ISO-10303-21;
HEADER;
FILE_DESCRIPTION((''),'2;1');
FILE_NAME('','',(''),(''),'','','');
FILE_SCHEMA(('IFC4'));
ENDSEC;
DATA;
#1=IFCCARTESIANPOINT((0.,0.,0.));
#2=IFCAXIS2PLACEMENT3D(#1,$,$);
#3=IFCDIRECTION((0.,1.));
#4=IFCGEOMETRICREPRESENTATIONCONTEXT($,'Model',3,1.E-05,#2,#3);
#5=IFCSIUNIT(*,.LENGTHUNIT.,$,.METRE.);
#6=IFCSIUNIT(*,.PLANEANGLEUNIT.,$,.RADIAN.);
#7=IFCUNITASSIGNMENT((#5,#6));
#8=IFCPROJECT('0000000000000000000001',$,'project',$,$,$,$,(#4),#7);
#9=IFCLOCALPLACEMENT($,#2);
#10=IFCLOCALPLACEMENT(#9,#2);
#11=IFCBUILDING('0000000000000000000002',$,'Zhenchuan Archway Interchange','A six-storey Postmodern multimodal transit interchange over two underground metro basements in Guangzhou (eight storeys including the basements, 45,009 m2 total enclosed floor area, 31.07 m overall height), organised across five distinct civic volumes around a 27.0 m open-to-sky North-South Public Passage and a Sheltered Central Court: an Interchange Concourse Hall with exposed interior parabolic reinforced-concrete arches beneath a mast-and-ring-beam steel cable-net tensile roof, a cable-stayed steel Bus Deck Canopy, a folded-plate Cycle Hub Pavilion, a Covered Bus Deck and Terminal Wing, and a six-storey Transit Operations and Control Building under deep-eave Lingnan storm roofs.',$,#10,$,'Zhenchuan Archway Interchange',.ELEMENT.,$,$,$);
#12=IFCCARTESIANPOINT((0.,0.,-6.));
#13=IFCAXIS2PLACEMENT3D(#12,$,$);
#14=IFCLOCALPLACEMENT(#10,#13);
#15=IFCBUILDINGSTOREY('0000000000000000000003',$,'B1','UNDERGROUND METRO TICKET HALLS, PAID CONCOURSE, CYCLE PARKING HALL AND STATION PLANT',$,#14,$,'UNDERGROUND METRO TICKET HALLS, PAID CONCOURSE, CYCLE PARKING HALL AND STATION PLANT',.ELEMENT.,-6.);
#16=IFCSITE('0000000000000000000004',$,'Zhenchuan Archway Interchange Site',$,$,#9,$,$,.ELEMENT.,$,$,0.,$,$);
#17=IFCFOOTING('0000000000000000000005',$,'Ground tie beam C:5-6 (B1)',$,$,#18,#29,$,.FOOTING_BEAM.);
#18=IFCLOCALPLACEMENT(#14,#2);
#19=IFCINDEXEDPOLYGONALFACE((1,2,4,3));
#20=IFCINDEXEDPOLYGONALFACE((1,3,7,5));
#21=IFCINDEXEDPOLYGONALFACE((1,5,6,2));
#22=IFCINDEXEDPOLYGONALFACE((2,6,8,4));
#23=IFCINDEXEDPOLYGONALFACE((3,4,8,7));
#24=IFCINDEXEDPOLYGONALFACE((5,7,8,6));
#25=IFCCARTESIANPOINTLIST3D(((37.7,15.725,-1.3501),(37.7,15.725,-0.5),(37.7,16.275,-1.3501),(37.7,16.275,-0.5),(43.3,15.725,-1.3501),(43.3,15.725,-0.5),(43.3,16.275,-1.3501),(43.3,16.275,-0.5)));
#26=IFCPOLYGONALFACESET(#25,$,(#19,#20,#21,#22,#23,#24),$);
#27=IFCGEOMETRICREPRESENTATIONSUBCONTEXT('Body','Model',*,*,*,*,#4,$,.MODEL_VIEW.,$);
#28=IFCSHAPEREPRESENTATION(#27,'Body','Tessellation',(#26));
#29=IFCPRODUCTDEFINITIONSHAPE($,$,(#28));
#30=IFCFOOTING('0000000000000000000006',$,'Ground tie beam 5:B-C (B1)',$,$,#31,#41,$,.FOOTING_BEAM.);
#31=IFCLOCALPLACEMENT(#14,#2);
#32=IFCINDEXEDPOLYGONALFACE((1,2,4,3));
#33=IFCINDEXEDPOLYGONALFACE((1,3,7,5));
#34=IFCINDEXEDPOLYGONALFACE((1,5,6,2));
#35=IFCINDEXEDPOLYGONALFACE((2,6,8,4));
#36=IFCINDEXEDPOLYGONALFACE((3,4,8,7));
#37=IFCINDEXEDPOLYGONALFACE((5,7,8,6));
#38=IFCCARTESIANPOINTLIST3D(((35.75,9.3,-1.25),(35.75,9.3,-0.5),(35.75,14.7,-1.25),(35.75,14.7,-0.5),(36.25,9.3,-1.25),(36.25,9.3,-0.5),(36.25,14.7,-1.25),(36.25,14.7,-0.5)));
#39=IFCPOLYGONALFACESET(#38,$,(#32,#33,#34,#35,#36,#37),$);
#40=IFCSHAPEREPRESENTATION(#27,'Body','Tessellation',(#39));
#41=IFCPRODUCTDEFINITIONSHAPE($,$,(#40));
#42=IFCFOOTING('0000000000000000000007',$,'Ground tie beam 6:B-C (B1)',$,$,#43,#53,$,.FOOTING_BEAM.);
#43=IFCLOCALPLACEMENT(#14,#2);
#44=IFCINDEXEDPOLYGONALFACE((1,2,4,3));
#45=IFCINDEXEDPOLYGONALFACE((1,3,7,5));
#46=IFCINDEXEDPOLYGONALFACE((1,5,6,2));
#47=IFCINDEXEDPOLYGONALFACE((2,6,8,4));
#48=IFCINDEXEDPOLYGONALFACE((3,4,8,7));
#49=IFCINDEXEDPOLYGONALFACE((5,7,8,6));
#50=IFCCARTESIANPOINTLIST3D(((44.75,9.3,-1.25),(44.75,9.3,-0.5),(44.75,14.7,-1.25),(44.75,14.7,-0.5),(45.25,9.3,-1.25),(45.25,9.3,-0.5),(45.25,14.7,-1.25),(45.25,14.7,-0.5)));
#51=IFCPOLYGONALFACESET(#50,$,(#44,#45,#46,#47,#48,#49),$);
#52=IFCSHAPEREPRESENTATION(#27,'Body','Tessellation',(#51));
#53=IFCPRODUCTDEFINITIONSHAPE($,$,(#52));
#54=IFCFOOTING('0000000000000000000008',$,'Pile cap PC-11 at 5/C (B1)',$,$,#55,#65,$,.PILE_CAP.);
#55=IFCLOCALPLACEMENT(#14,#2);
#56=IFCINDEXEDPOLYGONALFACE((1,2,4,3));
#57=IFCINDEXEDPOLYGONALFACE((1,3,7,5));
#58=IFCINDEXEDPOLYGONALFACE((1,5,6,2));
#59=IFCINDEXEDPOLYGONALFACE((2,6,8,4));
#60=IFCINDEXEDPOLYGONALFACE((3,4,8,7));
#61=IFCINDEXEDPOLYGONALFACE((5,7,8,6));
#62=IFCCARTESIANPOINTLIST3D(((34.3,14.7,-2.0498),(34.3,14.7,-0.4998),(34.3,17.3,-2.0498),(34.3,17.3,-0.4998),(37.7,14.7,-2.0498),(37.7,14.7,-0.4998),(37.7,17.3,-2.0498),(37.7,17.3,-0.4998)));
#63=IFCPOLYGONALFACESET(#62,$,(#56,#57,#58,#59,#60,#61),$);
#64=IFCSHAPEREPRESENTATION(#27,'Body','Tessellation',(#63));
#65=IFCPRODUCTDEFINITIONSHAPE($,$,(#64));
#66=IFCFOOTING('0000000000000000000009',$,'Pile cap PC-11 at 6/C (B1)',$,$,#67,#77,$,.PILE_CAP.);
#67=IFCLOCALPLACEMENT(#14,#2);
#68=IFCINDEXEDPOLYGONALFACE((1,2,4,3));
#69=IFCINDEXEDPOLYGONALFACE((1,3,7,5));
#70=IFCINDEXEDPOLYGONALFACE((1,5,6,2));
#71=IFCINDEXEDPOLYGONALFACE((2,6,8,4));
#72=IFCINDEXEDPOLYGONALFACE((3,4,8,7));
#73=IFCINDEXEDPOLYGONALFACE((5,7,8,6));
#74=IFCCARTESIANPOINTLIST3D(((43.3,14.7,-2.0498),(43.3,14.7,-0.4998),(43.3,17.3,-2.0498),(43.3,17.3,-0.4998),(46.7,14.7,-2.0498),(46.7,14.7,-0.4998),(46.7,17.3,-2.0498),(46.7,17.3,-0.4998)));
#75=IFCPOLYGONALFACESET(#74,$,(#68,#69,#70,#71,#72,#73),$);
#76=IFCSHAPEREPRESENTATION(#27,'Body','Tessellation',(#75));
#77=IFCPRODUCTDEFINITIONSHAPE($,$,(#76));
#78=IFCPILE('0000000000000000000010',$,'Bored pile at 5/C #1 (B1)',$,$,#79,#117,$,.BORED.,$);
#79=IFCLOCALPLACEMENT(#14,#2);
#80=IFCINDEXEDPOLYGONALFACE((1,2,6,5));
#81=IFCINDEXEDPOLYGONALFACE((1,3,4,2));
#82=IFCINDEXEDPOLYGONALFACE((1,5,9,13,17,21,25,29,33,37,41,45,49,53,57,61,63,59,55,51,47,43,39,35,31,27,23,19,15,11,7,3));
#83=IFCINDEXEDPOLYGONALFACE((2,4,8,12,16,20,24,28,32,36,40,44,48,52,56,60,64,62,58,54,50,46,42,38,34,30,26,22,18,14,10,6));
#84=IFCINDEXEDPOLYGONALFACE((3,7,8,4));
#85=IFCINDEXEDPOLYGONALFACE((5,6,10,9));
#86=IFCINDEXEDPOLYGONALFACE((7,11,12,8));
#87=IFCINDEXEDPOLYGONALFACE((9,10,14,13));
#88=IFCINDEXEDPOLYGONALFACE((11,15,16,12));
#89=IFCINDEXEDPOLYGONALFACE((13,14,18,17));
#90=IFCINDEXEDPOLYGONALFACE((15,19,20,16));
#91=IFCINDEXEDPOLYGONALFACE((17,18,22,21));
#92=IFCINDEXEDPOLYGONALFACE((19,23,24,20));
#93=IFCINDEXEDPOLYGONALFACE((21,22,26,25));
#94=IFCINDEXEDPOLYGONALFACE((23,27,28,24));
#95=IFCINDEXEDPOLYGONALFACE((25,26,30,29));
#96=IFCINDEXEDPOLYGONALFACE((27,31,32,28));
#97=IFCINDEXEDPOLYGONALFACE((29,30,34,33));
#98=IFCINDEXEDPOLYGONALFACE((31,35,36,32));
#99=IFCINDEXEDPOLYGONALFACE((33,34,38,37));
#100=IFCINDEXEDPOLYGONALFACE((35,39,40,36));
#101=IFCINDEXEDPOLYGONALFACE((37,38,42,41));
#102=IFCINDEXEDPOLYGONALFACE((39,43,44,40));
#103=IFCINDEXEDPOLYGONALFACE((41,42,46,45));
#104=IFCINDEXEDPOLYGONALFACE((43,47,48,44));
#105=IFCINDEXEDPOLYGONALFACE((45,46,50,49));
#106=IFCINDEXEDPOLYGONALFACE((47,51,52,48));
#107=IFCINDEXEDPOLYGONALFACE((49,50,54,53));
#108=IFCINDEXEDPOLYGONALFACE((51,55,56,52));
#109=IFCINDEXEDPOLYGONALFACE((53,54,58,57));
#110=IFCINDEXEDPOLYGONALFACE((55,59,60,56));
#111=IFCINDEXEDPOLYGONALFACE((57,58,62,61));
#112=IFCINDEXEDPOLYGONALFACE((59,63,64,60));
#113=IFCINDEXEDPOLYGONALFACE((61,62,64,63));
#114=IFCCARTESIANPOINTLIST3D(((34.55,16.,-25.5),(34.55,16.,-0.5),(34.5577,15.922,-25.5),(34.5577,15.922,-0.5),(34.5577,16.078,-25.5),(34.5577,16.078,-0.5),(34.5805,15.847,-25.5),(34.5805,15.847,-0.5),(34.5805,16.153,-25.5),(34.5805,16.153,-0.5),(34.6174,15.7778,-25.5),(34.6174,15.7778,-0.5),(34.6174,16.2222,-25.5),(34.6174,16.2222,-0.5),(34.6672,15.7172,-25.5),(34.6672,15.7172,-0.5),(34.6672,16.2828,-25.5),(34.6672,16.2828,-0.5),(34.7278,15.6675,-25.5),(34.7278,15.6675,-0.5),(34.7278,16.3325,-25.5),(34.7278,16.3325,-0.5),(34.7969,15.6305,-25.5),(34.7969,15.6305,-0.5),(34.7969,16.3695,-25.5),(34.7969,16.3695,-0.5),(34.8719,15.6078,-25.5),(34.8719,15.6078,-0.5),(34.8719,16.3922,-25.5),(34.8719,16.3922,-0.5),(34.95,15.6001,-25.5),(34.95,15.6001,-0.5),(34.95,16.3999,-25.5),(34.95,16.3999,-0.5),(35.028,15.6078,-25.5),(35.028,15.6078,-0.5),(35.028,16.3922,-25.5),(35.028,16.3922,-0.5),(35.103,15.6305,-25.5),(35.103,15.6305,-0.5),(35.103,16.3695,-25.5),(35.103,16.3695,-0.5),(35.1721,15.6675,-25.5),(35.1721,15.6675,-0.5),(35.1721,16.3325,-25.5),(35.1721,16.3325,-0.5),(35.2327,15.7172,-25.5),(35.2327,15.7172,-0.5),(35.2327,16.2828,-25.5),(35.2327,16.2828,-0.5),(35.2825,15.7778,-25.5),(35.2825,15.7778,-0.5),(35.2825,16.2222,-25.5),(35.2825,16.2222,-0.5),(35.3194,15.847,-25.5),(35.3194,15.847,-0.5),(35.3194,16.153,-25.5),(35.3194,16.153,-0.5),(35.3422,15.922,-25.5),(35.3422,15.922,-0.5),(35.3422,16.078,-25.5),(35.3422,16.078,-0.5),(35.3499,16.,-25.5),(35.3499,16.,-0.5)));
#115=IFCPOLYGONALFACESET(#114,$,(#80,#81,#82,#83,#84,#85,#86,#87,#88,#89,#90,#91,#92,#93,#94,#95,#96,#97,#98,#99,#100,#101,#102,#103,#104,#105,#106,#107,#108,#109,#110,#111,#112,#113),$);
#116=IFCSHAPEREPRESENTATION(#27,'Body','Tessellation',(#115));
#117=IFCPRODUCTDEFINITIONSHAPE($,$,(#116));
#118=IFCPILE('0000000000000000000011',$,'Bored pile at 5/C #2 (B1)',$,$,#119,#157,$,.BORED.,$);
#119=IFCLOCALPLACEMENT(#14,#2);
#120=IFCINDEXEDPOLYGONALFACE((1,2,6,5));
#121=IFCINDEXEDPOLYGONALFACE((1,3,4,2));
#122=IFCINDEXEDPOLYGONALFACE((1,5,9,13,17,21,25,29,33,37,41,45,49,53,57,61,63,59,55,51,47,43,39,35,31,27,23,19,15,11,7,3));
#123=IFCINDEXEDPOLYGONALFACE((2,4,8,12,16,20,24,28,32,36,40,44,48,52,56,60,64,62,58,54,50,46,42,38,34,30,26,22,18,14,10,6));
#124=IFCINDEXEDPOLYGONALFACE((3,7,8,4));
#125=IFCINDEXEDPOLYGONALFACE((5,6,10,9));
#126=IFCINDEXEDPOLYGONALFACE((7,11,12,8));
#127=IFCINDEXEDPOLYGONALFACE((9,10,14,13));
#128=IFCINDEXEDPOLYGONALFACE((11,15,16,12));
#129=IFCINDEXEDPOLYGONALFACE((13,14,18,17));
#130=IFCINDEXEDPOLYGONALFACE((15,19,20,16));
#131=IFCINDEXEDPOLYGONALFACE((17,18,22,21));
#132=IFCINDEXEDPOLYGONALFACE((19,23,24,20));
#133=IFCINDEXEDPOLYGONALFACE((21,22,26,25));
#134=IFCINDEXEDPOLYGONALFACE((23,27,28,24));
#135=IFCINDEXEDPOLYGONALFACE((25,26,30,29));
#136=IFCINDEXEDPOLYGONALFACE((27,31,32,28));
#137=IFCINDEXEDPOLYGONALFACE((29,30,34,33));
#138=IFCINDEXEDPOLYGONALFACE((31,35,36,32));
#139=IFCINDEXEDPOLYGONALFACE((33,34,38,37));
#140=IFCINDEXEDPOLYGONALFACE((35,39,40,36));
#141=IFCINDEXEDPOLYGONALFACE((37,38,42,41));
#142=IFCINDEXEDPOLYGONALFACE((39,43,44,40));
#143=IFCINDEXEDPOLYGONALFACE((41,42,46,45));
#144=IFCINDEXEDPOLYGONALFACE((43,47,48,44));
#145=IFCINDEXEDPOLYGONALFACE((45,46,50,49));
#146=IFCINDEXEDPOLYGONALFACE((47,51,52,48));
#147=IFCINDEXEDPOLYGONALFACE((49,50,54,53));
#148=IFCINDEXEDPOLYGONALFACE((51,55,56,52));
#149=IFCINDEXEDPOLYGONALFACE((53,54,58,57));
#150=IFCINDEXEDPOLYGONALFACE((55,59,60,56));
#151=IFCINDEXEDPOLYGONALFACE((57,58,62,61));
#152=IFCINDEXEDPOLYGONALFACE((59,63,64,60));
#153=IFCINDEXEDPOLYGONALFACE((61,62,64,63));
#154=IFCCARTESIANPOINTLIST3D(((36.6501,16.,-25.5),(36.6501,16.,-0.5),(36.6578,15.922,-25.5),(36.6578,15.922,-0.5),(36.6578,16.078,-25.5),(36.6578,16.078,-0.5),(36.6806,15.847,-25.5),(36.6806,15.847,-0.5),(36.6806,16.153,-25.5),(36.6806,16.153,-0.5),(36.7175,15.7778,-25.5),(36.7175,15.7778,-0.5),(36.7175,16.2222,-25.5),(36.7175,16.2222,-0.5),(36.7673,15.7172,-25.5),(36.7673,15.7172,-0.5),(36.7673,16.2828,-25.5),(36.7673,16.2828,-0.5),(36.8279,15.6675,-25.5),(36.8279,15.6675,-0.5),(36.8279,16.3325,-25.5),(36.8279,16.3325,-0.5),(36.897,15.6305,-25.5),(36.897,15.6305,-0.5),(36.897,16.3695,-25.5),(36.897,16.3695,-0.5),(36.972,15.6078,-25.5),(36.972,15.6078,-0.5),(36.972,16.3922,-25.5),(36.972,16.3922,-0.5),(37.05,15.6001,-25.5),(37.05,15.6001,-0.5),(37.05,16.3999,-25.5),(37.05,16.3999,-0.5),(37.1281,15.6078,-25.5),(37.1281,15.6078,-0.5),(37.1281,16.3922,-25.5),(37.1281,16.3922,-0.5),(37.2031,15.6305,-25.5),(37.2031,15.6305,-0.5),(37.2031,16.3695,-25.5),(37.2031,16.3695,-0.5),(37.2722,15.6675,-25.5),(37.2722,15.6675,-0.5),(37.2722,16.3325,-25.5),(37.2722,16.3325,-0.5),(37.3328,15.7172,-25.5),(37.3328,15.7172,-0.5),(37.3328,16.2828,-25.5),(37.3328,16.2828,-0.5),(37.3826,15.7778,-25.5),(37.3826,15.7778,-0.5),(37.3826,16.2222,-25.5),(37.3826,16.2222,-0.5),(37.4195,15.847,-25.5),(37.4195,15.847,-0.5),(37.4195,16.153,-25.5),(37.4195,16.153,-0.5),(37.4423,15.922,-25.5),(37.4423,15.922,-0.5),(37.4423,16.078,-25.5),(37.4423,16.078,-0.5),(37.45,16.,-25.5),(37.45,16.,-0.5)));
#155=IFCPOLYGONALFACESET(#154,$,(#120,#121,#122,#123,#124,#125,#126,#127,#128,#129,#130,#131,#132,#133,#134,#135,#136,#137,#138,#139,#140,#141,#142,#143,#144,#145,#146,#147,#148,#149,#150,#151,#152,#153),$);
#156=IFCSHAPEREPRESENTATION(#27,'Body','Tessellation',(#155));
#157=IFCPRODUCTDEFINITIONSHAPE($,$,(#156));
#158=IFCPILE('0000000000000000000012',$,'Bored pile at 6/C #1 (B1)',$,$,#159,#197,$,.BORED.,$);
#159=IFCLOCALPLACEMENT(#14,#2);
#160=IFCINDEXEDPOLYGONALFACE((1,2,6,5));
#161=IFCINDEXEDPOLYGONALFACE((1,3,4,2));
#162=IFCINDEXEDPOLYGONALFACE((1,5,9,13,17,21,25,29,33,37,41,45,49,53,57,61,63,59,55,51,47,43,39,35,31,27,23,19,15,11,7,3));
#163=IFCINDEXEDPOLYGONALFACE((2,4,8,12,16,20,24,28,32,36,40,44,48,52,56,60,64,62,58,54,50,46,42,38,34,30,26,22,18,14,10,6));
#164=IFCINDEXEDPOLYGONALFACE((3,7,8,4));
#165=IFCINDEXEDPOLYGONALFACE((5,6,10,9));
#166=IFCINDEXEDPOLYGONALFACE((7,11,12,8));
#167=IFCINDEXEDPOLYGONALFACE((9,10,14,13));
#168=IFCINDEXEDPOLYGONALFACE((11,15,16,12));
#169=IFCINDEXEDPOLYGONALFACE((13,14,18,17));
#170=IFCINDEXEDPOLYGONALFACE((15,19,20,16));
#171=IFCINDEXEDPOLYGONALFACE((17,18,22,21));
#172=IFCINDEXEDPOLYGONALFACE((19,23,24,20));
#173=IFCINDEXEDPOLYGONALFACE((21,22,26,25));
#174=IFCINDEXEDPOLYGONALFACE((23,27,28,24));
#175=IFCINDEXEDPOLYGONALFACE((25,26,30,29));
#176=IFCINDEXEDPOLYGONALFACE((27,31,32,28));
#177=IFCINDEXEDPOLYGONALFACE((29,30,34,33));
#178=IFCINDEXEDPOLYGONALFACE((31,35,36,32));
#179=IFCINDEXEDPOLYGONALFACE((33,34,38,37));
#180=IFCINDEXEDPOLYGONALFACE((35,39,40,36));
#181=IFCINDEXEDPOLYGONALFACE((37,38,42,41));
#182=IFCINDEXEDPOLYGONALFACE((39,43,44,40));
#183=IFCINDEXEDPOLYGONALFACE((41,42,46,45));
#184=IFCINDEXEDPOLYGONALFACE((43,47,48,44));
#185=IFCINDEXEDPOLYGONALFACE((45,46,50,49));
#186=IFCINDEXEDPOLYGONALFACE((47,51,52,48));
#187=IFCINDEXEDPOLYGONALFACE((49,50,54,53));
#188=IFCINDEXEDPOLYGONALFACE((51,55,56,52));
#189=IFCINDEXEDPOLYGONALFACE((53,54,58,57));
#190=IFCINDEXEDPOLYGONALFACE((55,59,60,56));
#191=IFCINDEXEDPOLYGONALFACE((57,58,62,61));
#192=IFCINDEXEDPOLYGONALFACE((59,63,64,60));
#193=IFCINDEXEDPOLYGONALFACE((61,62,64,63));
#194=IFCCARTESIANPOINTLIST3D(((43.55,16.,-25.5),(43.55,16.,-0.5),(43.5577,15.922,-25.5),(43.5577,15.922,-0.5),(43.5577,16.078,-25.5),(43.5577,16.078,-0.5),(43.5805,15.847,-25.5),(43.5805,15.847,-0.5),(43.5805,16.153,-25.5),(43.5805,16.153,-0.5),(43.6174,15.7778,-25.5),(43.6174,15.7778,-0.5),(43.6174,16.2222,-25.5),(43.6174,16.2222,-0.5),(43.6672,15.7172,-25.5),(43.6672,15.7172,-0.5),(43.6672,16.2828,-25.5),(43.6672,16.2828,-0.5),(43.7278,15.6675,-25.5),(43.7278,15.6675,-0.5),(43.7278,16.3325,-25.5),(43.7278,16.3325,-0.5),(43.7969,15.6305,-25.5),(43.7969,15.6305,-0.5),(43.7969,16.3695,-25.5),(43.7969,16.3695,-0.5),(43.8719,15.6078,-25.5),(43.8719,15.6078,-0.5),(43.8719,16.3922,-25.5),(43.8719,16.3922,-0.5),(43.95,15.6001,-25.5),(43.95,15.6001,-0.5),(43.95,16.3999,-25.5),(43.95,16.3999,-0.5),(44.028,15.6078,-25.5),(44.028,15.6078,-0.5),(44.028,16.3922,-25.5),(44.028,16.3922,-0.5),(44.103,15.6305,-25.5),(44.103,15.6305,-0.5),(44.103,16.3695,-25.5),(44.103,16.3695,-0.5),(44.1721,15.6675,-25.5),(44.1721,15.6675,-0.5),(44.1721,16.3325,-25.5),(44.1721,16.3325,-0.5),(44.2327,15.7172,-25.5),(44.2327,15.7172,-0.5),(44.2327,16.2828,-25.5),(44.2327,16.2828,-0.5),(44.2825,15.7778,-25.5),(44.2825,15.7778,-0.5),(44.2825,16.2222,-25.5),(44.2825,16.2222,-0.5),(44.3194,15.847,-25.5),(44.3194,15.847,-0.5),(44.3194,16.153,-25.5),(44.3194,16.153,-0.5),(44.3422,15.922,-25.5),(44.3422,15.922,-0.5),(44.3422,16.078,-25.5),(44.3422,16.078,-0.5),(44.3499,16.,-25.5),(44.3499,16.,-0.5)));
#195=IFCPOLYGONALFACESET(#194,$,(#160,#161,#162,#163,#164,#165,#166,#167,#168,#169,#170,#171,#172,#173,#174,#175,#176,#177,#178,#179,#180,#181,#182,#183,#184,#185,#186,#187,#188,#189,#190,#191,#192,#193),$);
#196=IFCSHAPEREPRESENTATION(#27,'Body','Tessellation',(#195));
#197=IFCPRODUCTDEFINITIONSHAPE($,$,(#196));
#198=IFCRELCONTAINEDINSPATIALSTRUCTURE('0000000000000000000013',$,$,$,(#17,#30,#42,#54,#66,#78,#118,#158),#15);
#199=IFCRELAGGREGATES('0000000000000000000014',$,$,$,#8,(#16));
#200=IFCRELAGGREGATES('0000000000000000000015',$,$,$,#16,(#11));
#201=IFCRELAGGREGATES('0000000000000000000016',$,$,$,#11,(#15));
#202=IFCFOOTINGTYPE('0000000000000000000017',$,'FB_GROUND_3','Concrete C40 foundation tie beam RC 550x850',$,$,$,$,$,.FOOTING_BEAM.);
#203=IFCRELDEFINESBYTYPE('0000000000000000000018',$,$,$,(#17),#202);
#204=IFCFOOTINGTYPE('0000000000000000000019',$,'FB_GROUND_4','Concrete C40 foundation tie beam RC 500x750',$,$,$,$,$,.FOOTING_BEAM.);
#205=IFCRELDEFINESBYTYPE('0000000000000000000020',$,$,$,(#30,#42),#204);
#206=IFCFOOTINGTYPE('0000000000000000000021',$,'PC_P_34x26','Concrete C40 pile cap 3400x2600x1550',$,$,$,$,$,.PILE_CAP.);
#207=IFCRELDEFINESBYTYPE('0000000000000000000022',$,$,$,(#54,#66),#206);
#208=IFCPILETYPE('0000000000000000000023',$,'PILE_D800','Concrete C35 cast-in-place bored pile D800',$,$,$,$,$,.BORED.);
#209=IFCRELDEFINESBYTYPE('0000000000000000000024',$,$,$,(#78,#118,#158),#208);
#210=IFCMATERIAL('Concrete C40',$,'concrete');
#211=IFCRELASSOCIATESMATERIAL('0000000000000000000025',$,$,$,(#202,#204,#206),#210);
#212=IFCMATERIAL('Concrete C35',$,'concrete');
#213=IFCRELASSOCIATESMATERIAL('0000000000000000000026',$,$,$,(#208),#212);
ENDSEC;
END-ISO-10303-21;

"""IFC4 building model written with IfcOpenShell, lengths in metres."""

from ifc_helpers import new_model, si_unit, direction, frame, origin, origin_2d, place, context, subcontext, project, spatial, rectangle, circle, extrude, material, material_profile, profile_set, type_object, element, save


model = new_model("IFC4")

# Units and contexts
model_context = context("Model", 3, precision=1e-05, world=origin(), true_north=direction((0.0, 1.0)))
body_context = subcontext(model_context, "Body", "Model", "MODEL_VIEW")
ifc_project = project(units=[si_unit("LENGTHUNIT", "METRE"), si_unit("PLANEANGLEUNIT", "RADIAN")], contexts=[model_context])

# Site, building, storey
site_placement = place(None, origin())
site = spatial("IfcSite", under=ifc_project, at=site_placement, Name="Zhenchuan Archway Interchange Site", CompositionType="ELEMENT", RefElevation=0.0)
building_placement = place(site_placement, origin())
building = spatial("IfcBuilding", under=site, at=building_placement, Name="Zhenchuan Archway Interchange", Description="A six-storey Postmodern multimodal transit interchange over two underground metro basements in Guangzhou (eight storeys including the basements, 45,009 m2 total enclosed floor area, 31.07 m overall height), organised across five distinct civic volumes around a 27.0 m open-to-sky North-South Public Passage and a Sheltered Central Court: an Interchange Concourse Hall with exposed interior parabolic reinforced-concrete arches beneath a mast-and-ring-beam steel cable-net tensile roof, a cable-stayed steel Bus Deck Canopy, a folded-plate Cycle Hub Pavilion, a Covered Bus Deck and Terminal Wing, and a six-storey Transit Operations and Control Building under deep-eave Lingnan storm roofs.", LongName="Zhenchuan Archway Interchange", CompositionType="ELEMENT")
storey_placement = place(building_placement, frame((0.0, 0.0, -6.0)))
storey = spatial("IfcBuildingStorey", under=building, at=storey_placement, Name="B1", Description="UNDERGROUND METRO TICKET HALLS, PAID CONCOURSE, CYCLE PARKING HALL AND STATION PLANT", LongName="UNDERGROUND METRO TICKET HALLS, PAID CONCOURSE, CYCLE PARKING HALL AND STATION PLANT", CompositionType="ELEMENT", Elevation=-6.0)

# Footings
ifc_material_1 = material(Name="Concrete C40", Category="concrete")
ifc_material_profile_1 = material_profile(ifc_material_1, rectangle(XDim=0.55, YDim=0.8501, at=origin_2d()), Name="RC 550x850")
ifc_profile_set_1 = profile_set([ifc_material_profile_1], Name="Concrete C40")
footing_type_1 = type_object("IfcFootingType", Name="FB_GROUND_3", Description="Concrete C40 foundation tie beam RC 550x850", PredefinedType="FOOTING_BEAM", material=ifc_profile_set_1)
footing_placement = place(storey_placement, frame((37.7, 16.0, -0.925), z_axis=(1.0, 0.0, 0.0), x_axis=(0.0, 1.0, 0.0)))
element("IfcFooting", 1, at=footing_placement, inside=storey, type_object=footing_type_1, Name="Ground tie beam C:5-6 (B1)", PredefinedType="FOOTING_BEAM", context=body_context, shape_type="SweptSolid", body=[
    extrude(rectangle(XDim=0.55, YDim=0.8501, at=origin_2d()), origin(), (0.0, 0.0, 1.0), 5.6001),
])
ifc_material_profile_2 = material_profile(ifc_material_1, rectangle(XDim=0.5, YDim=0.75, at=origin_2d()), Name="RC 500x750")
ifc_profile_set_2 = profile_set([ifc_material_profile_2], Name="Concrete C40")
footing_type_2 = type_object("IfcFootingType", Name="FB_GROUND_4", Description="Concrete C40 foundation tie beam RC 500x750", PredefinedType="FOOTING_BEAM", material=ifc_profile_set_2)
for number, where, z_axis, x_axis, name in (
    (2, (36.0, 9.3, -0.875), (0.0, 1.0, 0.0), (-1.0, 0.0, 0.0), "Ground tie beam 5:B-C (B1)"),
    (3, (45.0, 9.3, -0.875), (0.0, 1.0, 0.0), (-1.0, 0.0, 0.0), "Ground tie beam 6:B-C (B1)"),
):
    element("IfcFooting", number, at=place(storey_placement, frame(where, z_axis=z_axis, x_axis=x_axis)), inside=storey, type_object=footing_type_2, Name=name, PredefinedType="FOOTING_BEAM", context=body_context, shape_type="SweptSolid", body=[
        extrude(rectangle(XDim=0.5, YDim=0.75, at=origin_2d()), origin(), (0.0, 0.0, 1.0), 5.3999),
    ])
footing_type_3 = type_object("IfcFootingType", Name="PC_P_34x26", Description="Concrete C40 pile cap 3400x2600x1550", PredefinedType="PILE_CAP", material=ifc_material_1)
for number, where, z_axis, x_axis, name in (
    (4, (36.0, 16.0, -2.0498), (0.0, 0.0, 1.0), (1.0, 0.0, 0.0), "Pile cap PC-11 at 5/C (B1)"),
    (5, (45.0, 16.0, -2.0498), (0.0, 0.0, 1.0), (1.0, 0.0, 0.0), "Pile cap PC-11 at 6/C (B1)"),
):
    element("IfcFooting", number, at=place(storey_placement, frame(where, z_axis=z_axis, x_axis=x_axis)), inside=storey, type_object=footing_type_3, Name=name, PredefinedType="PILE_CAP", context=body_context, shape_type="SweptSolid", body=[
        extrude(rectangle(XDim=3.3999, YDim=2.6001, at=origin_2d()), origin(), (0.0, 0.0, 1.0), 1.55),
    ])

# Piles
ifc_material_2 = material(Name="Concrete C35", Category="concrete")
ifc_material_profile_3 = material_profile(ifc_material_2, circle(Radius=0.3999, at=origin_2d()), Name="BORED PILE 800")
ifc_profile_set_3 = profile_set([ifc_material_profile_3], Name="Concrete C35")
pile_type = type_object("IfcPileType", Name="PILE_D800", Description="Concrete C35 cast-in-place bored pile D800", PredefinedType="BORED", material=ifc_profile_set_3)
for number, where, z_axis, x_axis, name in (
    (6, (34.95, 16.0, -0.5), (0.0, 0.0, -1.0), (1.0, 0.0, 0.0), "Bored pile at 5/C #1 (B1)"),
    (7, (37.05, 16.0, -0.5), (0.0, 0.0, -1.0), (1.0, 0.0, 0.0), "Bored pile at 5/C #2 (B1)"),
    (8, (43.95, 16.0, -0.5), (0.0, 0.0, -1.0), (1.0, 0.0, 0.0), "Bored pile at 6/C #1 (B1)"),
):
    element("IfcPile", number, at=place(storey_placement, frame(where, z_axis=z_axis, x_axis=x_axis)), inside=storey, type_object=pile_type, Name=name, PredefinedType="BORED", context=body_context, shape_type="SweptSolid", body=[
        extrude(circle(Radius=0.3999, at=origin_2d()), origin(), (0.0, 0.0, 1.0), 25.0),
    ])

save(model, "model.ifc")
